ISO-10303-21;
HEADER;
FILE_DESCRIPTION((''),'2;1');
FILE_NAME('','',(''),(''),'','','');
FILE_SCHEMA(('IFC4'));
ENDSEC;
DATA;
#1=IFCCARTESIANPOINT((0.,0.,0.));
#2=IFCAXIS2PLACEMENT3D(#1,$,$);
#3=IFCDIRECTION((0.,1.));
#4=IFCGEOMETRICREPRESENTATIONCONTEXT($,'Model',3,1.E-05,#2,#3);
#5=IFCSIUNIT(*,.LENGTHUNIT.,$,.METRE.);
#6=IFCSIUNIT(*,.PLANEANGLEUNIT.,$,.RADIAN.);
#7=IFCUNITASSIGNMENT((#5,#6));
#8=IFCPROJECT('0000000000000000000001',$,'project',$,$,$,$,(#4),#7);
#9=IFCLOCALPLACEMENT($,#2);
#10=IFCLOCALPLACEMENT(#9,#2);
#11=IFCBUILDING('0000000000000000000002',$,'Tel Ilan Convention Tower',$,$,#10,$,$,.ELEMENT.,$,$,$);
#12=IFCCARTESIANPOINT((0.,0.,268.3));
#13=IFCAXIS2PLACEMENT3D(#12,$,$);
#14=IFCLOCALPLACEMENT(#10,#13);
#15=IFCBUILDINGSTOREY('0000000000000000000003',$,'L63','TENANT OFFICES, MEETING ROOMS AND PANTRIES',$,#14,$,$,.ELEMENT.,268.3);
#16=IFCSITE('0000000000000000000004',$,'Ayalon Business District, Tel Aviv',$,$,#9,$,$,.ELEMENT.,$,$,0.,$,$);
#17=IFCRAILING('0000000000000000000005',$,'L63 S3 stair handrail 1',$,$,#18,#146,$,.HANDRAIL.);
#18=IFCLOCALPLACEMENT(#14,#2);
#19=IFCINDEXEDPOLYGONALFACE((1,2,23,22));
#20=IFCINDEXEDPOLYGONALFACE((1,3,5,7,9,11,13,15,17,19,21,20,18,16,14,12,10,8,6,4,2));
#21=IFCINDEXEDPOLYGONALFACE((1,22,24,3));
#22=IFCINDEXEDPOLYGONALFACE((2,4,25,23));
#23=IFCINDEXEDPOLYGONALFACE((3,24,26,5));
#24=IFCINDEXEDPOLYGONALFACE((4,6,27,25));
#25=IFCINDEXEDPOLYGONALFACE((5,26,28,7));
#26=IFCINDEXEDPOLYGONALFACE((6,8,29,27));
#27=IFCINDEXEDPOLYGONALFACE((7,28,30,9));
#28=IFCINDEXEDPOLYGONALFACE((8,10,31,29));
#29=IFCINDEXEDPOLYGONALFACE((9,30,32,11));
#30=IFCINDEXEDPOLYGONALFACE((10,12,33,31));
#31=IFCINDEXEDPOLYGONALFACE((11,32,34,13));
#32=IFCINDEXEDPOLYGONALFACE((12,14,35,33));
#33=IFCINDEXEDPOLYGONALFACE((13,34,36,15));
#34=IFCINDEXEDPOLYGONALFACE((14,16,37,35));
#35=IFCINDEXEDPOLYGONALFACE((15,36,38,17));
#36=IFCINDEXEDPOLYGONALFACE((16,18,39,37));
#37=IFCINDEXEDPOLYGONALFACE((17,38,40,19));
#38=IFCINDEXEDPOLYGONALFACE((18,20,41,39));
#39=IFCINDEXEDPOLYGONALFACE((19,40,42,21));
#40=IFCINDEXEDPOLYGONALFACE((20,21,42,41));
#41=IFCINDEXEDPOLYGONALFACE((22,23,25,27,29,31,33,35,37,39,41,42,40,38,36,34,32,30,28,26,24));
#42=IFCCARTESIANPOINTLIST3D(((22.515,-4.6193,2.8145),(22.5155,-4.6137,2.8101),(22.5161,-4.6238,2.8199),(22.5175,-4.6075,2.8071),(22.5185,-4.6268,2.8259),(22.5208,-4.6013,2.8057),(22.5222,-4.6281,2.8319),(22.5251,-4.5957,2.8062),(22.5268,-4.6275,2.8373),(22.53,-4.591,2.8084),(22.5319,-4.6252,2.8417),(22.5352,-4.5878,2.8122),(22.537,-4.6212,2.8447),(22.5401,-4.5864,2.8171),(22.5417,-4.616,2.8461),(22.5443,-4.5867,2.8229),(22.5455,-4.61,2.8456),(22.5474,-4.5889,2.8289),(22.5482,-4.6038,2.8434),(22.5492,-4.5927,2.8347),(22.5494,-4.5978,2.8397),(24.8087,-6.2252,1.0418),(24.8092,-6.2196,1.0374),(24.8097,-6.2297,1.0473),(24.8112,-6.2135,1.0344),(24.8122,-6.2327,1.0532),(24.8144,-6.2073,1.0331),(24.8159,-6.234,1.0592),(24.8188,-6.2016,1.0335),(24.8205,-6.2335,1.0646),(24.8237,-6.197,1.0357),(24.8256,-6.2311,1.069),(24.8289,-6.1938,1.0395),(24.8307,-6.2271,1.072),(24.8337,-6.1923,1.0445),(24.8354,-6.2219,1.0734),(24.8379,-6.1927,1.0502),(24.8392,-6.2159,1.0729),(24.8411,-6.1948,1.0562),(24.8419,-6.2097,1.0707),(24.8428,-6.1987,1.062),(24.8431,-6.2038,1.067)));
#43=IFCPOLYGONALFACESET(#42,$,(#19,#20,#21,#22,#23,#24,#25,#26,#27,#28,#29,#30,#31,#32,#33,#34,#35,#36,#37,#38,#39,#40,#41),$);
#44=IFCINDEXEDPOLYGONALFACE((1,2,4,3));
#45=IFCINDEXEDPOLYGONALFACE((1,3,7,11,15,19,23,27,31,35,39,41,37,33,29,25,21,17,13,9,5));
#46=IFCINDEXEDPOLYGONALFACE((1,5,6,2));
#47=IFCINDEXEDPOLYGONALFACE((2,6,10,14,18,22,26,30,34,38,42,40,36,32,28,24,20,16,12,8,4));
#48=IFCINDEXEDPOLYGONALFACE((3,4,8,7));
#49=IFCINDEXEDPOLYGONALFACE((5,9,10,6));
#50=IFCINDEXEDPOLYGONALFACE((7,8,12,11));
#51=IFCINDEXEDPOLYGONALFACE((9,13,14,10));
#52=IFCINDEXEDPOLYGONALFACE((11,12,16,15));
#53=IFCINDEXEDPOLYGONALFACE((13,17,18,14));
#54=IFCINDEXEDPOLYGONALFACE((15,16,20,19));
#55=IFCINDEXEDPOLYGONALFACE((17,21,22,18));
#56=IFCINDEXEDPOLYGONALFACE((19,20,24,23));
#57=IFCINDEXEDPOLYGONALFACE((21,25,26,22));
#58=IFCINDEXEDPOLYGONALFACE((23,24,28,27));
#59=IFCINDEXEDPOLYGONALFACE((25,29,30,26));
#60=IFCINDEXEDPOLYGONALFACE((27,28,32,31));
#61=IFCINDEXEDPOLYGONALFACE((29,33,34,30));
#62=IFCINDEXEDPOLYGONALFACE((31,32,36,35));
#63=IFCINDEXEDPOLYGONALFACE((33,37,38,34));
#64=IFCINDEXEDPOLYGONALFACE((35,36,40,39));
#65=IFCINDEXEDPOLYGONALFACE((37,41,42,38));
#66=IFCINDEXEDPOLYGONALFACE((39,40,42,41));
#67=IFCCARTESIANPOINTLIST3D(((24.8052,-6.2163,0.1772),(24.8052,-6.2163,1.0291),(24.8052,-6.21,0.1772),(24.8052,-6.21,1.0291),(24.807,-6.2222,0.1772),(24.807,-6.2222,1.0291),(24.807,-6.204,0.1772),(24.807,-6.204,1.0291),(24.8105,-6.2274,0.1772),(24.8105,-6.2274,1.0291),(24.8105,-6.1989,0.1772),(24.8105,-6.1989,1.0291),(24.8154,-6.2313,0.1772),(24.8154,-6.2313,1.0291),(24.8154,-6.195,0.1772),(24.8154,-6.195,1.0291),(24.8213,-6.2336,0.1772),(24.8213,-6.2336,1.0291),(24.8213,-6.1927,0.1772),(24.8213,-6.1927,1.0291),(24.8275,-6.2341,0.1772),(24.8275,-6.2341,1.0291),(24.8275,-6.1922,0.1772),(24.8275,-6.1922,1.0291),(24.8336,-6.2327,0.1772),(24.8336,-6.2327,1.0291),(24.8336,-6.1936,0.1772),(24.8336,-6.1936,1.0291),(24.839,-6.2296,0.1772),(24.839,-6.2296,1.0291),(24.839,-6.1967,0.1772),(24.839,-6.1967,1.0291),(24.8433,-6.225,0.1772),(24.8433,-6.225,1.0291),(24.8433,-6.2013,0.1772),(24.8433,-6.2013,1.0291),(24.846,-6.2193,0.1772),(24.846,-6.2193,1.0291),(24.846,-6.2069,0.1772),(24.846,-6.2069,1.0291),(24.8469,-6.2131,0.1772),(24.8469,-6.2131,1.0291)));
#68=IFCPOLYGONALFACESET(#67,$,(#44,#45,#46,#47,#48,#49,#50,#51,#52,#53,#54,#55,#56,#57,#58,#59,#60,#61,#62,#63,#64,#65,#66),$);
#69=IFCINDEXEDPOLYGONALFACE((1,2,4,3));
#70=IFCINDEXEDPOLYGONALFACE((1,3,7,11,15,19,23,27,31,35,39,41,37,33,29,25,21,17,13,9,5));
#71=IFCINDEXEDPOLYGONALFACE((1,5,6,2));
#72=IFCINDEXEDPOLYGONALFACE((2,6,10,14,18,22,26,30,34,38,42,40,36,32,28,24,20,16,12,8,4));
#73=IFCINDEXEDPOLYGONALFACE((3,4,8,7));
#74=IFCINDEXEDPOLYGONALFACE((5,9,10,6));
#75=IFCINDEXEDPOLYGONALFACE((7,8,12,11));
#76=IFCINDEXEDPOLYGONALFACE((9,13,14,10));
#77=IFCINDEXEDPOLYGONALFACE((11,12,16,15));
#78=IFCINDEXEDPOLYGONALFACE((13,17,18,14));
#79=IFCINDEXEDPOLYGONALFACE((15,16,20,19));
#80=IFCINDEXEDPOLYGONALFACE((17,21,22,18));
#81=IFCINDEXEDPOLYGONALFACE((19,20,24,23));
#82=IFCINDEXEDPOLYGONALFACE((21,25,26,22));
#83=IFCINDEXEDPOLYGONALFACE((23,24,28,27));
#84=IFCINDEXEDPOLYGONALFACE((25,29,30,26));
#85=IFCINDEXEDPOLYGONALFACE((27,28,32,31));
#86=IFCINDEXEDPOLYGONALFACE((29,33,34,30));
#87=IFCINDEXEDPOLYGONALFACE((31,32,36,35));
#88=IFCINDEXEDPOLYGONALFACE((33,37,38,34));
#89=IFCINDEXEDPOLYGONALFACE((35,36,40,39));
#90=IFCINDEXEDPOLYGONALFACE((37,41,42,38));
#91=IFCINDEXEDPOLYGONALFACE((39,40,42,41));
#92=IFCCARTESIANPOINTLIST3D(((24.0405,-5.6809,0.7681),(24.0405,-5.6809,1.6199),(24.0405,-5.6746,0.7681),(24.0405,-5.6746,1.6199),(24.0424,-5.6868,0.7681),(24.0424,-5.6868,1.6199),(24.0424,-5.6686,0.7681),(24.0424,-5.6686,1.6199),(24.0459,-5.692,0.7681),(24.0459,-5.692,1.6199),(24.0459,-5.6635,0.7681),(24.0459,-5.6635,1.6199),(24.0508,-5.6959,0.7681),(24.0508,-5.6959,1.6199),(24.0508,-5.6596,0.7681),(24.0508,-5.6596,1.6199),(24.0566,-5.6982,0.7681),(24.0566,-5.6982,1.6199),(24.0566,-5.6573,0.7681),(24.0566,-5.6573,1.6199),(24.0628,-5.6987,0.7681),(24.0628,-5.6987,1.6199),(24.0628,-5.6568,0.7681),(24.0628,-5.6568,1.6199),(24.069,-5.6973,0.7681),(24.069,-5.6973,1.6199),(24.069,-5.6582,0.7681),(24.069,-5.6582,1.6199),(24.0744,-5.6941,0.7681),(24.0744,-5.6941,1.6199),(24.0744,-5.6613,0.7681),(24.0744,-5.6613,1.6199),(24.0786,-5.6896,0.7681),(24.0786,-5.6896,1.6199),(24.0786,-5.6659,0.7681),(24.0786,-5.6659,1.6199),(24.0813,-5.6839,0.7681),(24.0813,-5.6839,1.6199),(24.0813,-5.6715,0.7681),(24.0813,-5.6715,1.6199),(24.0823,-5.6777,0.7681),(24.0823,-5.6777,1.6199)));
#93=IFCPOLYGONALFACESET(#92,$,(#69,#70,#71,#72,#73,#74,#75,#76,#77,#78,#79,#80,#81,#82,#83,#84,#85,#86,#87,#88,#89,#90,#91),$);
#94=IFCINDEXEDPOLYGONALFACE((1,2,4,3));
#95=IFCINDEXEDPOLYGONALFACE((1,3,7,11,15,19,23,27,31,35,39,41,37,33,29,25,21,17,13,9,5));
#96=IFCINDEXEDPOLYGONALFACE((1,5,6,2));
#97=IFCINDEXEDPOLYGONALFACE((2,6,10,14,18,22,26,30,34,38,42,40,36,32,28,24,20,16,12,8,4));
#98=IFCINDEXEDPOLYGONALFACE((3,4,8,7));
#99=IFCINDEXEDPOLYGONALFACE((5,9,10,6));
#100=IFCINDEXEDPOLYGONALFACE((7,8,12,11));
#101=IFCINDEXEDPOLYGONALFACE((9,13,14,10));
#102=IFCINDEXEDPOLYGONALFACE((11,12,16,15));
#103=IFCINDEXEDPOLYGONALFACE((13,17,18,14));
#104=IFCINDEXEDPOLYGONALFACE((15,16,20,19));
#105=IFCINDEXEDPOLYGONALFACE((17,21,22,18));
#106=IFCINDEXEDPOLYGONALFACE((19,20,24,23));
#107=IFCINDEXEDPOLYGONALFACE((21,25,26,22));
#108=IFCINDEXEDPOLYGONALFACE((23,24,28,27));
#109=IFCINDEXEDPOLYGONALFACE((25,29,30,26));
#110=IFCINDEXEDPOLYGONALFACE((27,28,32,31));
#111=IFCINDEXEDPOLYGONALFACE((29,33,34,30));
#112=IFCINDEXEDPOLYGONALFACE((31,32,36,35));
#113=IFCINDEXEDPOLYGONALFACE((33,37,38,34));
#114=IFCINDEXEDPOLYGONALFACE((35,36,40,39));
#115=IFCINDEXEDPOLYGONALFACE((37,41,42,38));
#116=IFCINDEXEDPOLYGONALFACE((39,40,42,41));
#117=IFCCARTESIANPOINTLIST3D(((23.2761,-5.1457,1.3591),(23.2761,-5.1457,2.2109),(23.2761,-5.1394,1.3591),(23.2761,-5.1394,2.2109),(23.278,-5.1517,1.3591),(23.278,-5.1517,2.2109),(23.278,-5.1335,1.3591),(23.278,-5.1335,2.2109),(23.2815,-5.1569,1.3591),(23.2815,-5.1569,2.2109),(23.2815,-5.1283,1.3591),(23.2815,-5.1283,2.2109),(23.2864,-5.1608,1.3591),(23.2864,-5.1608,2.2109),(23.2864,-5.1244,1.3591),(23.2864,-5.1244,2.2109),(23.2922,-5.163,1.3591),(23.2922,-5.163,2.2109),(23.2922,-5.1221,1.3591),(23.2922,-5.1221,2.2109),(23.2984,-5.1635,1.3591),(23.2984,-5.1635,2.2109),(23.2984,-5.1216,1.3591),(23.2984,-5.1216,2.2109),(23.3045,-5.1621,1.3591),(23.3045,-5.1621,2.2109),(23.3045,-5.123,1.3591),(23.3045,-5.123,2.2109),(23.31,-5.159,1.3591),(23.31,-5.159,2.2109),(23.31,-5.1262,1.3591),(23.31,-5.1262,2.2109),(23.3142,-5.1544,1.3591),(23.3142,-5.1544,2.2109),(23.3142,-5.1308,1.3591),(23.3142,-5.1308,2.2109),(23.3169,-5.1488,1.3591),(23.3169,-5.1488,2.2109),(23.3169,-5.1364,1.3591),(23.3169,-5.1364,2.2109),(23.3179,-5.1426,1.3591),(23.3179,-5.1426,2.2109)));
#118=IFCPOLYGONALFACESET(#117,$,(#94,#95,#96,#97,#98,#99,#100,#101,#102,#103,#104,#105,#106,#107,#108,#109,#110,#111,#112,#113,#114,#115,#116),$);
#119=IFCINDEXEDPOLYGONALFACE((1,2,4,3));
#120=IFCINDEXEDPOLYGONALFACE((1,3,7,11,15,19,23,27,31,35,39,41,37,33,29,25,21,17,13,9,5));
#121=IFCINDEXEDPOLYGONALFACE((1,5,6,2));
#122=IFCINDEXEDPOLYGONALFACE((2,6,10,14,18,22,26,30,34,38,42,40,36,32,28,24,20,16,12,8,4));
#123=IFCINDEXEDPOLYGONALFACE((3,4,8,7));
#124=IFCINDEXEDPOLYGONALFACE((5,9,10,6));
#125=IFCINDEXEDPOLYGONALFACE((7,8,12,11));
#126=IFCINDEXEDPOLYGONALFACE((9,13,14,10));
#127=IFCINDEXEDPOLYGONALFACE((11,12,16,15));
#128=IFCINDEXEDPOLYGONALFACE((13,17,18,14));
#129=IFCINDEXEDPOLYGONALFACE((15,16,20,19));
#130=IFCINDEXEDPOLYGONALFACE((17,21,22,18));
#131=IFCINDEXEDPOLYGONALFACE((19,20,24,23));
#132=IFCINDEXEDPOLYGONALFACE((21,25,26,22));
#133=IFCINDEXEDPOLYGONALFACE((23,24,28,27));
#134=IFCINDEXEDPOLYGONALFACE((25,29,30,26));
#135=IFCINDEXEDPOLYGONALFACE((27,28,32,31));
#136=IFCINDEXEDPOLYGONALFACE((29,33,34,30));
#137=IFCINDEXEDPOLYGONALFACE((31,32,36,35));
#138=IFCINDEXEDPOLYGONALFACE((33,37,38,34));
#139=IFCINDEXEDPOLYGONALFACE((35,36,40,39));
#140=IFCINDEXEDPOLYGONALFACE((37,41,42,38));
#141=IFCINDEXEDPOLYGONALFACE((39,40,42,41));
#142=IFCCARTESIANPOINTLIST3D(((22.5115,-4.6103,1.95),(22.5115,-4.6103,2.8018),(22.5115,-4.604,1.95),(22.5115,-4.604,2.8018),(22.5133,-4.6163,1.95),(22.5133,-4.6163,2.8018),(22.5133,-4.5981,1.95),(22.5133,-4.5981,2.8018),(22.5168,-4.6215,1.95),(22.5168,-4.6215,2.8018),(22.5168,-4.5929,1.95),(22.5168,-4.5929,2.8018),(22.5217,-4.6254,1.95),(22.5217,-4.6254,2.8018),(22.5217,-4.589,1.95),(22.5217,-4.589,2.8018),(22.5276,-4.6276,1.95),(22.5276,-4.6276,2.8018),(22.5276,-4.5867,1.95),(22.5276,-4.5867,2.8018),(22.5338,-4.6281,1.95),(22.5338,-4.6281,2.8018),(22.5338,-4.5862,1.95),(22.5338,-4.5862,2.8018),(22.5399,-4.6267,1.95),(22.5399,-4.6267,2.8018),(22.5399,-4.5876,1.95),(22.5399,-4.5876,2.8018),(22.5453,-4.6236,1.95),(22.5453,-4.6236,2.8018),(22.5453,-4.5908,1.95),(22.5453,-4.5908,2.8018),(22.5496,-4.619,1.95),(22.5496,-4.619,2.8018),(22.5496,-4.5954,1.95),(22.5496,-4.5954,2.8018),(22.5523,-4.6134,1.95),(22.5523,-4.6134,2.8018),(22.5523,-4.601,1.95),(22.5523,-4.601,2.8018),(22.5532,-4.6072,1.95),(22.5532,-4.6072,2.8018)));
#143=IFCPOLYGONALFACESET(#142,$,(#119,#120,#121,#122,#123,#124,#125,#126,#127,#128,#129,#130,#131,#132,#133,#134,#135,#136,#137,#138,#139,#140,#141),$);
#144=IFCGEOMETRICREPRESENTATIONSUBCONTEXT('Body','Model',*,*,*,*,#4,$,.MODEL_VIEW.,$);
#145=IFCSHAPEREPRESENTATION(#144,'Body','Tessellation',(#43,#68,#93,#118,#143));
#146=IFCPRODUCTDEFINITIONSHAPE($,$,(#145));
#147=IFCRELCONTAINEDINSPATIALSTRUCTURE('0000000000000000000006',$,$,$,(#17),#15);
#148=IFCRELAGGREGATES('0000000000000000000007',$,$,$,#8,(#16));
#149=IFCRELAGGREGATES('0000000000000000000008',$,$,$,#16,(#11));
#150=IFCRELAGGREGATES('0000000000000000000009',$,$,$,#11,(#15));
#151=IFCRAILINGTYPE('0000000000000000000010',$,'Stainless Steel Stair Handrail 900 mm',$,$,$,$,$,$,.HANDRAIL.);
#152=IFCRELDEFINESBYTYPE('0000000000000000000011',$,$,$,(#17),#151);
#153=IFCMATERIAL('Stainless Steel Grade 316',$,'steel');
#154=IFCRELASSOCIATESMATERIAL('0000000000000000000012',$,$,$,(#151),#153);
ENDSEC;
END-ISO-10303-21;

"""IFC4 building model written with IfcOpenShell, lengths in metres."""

from ifc_helpers import new_model, si_unit, direction, frame, origin, origin_2d, place, context, subcontext, project, spatial, circle, extrude, material, type_object, element, save


model = new_model("IFC4")

# Units and contexts
model_context = context("Model", 3, precision=1e-05, world=origin(), true_north=direction((0.0, 1.0)))
body_context = subcontext(model_context, "Body", "Model", "MODEL_VIEW")
ifc_project = project(units=[si_unit("LENGTHUNIT", "METRE"), si_unit("PLANEANGLEUNIT", "RADIAN")], contexts=[model_context])

# Site, building, storey
site_placement = place(None, origin())
site = spatial("IfcSite", under=ifc_project, at=site_placement, Name="Ayalon Business District, Tel Aviv", CompositionType="ELEMENT", RefElevation=0.0)
building_placement = place(site_placement, origin())
building = spatial("IfcBuilding", under=site, at=building_placement, Name="Tel Ilan Convention Tower", CompositionType="ELEMENT")
storey_placement = place(building_placement, frame((0.0, 0.0, 268.3)))
storey = spatial("IfcBuildingStorey", under=building, at=storey_placement, Name="L63", Description="TENANT OFFICES, MEETING ROOMS AND PANTRIES", CompositionType="ELEMENT", Elevation=268.3)

# Railing
ifc_material_1 = material(Name="Stainless Steel Grade 316", Category="steel")
railing_type_1 = type_object("IfcRailingType", Name="Stainless Steel Stair Handrail 900 mm", PredefinedType="HANDRAIL", material=ifc_material_1)
railing_1_placement = place(storey_placement, frame((24.8259, -6.2131, 0.1772)))
element("IfcRailing", 1, at=railing_1_placement, inside=storey, type_object=railing_type_1, Name="L63 S3 stair handrail 1", PredefinedType="HANDRAIL", context=body_context, shape_type="SweptSolid", body=[
    extrude(circle(Radius=0.0239, at=origin_2d()), frame((0.0, 0.0, 0.876), z_axis=(-0.692123, 0.484597, 0.534913), x_axis=(-0.57355, -0.81917, 0.0)), (0.0, 0.0, 1.0), 3.314),
    extrude(circle(Radius=0.021, at=origin_2d()), origin(), (0.0, 0.0, 1.0), 0.8518),
    extrude(circle(Radius=0.021, at=origin_2d()), frame((-0.7646, 0.5354, 0.5908)), (0.0, 0.0, 1.0), 0.8518),
    extrude(circle(Radius=0.021, at=origin_2d()), frame((-1.5291, 1.0706, 1.1819)), (0.0, 0.0, 1.0), 0.8518),
    extrude(circle(Radius=0.021, at=origin_2d()), frame((-2.2937, 1.606, 1.7727)), (0.0, 0.0, 1.0), 0.8518),
])

save(model, "model.ifc")
